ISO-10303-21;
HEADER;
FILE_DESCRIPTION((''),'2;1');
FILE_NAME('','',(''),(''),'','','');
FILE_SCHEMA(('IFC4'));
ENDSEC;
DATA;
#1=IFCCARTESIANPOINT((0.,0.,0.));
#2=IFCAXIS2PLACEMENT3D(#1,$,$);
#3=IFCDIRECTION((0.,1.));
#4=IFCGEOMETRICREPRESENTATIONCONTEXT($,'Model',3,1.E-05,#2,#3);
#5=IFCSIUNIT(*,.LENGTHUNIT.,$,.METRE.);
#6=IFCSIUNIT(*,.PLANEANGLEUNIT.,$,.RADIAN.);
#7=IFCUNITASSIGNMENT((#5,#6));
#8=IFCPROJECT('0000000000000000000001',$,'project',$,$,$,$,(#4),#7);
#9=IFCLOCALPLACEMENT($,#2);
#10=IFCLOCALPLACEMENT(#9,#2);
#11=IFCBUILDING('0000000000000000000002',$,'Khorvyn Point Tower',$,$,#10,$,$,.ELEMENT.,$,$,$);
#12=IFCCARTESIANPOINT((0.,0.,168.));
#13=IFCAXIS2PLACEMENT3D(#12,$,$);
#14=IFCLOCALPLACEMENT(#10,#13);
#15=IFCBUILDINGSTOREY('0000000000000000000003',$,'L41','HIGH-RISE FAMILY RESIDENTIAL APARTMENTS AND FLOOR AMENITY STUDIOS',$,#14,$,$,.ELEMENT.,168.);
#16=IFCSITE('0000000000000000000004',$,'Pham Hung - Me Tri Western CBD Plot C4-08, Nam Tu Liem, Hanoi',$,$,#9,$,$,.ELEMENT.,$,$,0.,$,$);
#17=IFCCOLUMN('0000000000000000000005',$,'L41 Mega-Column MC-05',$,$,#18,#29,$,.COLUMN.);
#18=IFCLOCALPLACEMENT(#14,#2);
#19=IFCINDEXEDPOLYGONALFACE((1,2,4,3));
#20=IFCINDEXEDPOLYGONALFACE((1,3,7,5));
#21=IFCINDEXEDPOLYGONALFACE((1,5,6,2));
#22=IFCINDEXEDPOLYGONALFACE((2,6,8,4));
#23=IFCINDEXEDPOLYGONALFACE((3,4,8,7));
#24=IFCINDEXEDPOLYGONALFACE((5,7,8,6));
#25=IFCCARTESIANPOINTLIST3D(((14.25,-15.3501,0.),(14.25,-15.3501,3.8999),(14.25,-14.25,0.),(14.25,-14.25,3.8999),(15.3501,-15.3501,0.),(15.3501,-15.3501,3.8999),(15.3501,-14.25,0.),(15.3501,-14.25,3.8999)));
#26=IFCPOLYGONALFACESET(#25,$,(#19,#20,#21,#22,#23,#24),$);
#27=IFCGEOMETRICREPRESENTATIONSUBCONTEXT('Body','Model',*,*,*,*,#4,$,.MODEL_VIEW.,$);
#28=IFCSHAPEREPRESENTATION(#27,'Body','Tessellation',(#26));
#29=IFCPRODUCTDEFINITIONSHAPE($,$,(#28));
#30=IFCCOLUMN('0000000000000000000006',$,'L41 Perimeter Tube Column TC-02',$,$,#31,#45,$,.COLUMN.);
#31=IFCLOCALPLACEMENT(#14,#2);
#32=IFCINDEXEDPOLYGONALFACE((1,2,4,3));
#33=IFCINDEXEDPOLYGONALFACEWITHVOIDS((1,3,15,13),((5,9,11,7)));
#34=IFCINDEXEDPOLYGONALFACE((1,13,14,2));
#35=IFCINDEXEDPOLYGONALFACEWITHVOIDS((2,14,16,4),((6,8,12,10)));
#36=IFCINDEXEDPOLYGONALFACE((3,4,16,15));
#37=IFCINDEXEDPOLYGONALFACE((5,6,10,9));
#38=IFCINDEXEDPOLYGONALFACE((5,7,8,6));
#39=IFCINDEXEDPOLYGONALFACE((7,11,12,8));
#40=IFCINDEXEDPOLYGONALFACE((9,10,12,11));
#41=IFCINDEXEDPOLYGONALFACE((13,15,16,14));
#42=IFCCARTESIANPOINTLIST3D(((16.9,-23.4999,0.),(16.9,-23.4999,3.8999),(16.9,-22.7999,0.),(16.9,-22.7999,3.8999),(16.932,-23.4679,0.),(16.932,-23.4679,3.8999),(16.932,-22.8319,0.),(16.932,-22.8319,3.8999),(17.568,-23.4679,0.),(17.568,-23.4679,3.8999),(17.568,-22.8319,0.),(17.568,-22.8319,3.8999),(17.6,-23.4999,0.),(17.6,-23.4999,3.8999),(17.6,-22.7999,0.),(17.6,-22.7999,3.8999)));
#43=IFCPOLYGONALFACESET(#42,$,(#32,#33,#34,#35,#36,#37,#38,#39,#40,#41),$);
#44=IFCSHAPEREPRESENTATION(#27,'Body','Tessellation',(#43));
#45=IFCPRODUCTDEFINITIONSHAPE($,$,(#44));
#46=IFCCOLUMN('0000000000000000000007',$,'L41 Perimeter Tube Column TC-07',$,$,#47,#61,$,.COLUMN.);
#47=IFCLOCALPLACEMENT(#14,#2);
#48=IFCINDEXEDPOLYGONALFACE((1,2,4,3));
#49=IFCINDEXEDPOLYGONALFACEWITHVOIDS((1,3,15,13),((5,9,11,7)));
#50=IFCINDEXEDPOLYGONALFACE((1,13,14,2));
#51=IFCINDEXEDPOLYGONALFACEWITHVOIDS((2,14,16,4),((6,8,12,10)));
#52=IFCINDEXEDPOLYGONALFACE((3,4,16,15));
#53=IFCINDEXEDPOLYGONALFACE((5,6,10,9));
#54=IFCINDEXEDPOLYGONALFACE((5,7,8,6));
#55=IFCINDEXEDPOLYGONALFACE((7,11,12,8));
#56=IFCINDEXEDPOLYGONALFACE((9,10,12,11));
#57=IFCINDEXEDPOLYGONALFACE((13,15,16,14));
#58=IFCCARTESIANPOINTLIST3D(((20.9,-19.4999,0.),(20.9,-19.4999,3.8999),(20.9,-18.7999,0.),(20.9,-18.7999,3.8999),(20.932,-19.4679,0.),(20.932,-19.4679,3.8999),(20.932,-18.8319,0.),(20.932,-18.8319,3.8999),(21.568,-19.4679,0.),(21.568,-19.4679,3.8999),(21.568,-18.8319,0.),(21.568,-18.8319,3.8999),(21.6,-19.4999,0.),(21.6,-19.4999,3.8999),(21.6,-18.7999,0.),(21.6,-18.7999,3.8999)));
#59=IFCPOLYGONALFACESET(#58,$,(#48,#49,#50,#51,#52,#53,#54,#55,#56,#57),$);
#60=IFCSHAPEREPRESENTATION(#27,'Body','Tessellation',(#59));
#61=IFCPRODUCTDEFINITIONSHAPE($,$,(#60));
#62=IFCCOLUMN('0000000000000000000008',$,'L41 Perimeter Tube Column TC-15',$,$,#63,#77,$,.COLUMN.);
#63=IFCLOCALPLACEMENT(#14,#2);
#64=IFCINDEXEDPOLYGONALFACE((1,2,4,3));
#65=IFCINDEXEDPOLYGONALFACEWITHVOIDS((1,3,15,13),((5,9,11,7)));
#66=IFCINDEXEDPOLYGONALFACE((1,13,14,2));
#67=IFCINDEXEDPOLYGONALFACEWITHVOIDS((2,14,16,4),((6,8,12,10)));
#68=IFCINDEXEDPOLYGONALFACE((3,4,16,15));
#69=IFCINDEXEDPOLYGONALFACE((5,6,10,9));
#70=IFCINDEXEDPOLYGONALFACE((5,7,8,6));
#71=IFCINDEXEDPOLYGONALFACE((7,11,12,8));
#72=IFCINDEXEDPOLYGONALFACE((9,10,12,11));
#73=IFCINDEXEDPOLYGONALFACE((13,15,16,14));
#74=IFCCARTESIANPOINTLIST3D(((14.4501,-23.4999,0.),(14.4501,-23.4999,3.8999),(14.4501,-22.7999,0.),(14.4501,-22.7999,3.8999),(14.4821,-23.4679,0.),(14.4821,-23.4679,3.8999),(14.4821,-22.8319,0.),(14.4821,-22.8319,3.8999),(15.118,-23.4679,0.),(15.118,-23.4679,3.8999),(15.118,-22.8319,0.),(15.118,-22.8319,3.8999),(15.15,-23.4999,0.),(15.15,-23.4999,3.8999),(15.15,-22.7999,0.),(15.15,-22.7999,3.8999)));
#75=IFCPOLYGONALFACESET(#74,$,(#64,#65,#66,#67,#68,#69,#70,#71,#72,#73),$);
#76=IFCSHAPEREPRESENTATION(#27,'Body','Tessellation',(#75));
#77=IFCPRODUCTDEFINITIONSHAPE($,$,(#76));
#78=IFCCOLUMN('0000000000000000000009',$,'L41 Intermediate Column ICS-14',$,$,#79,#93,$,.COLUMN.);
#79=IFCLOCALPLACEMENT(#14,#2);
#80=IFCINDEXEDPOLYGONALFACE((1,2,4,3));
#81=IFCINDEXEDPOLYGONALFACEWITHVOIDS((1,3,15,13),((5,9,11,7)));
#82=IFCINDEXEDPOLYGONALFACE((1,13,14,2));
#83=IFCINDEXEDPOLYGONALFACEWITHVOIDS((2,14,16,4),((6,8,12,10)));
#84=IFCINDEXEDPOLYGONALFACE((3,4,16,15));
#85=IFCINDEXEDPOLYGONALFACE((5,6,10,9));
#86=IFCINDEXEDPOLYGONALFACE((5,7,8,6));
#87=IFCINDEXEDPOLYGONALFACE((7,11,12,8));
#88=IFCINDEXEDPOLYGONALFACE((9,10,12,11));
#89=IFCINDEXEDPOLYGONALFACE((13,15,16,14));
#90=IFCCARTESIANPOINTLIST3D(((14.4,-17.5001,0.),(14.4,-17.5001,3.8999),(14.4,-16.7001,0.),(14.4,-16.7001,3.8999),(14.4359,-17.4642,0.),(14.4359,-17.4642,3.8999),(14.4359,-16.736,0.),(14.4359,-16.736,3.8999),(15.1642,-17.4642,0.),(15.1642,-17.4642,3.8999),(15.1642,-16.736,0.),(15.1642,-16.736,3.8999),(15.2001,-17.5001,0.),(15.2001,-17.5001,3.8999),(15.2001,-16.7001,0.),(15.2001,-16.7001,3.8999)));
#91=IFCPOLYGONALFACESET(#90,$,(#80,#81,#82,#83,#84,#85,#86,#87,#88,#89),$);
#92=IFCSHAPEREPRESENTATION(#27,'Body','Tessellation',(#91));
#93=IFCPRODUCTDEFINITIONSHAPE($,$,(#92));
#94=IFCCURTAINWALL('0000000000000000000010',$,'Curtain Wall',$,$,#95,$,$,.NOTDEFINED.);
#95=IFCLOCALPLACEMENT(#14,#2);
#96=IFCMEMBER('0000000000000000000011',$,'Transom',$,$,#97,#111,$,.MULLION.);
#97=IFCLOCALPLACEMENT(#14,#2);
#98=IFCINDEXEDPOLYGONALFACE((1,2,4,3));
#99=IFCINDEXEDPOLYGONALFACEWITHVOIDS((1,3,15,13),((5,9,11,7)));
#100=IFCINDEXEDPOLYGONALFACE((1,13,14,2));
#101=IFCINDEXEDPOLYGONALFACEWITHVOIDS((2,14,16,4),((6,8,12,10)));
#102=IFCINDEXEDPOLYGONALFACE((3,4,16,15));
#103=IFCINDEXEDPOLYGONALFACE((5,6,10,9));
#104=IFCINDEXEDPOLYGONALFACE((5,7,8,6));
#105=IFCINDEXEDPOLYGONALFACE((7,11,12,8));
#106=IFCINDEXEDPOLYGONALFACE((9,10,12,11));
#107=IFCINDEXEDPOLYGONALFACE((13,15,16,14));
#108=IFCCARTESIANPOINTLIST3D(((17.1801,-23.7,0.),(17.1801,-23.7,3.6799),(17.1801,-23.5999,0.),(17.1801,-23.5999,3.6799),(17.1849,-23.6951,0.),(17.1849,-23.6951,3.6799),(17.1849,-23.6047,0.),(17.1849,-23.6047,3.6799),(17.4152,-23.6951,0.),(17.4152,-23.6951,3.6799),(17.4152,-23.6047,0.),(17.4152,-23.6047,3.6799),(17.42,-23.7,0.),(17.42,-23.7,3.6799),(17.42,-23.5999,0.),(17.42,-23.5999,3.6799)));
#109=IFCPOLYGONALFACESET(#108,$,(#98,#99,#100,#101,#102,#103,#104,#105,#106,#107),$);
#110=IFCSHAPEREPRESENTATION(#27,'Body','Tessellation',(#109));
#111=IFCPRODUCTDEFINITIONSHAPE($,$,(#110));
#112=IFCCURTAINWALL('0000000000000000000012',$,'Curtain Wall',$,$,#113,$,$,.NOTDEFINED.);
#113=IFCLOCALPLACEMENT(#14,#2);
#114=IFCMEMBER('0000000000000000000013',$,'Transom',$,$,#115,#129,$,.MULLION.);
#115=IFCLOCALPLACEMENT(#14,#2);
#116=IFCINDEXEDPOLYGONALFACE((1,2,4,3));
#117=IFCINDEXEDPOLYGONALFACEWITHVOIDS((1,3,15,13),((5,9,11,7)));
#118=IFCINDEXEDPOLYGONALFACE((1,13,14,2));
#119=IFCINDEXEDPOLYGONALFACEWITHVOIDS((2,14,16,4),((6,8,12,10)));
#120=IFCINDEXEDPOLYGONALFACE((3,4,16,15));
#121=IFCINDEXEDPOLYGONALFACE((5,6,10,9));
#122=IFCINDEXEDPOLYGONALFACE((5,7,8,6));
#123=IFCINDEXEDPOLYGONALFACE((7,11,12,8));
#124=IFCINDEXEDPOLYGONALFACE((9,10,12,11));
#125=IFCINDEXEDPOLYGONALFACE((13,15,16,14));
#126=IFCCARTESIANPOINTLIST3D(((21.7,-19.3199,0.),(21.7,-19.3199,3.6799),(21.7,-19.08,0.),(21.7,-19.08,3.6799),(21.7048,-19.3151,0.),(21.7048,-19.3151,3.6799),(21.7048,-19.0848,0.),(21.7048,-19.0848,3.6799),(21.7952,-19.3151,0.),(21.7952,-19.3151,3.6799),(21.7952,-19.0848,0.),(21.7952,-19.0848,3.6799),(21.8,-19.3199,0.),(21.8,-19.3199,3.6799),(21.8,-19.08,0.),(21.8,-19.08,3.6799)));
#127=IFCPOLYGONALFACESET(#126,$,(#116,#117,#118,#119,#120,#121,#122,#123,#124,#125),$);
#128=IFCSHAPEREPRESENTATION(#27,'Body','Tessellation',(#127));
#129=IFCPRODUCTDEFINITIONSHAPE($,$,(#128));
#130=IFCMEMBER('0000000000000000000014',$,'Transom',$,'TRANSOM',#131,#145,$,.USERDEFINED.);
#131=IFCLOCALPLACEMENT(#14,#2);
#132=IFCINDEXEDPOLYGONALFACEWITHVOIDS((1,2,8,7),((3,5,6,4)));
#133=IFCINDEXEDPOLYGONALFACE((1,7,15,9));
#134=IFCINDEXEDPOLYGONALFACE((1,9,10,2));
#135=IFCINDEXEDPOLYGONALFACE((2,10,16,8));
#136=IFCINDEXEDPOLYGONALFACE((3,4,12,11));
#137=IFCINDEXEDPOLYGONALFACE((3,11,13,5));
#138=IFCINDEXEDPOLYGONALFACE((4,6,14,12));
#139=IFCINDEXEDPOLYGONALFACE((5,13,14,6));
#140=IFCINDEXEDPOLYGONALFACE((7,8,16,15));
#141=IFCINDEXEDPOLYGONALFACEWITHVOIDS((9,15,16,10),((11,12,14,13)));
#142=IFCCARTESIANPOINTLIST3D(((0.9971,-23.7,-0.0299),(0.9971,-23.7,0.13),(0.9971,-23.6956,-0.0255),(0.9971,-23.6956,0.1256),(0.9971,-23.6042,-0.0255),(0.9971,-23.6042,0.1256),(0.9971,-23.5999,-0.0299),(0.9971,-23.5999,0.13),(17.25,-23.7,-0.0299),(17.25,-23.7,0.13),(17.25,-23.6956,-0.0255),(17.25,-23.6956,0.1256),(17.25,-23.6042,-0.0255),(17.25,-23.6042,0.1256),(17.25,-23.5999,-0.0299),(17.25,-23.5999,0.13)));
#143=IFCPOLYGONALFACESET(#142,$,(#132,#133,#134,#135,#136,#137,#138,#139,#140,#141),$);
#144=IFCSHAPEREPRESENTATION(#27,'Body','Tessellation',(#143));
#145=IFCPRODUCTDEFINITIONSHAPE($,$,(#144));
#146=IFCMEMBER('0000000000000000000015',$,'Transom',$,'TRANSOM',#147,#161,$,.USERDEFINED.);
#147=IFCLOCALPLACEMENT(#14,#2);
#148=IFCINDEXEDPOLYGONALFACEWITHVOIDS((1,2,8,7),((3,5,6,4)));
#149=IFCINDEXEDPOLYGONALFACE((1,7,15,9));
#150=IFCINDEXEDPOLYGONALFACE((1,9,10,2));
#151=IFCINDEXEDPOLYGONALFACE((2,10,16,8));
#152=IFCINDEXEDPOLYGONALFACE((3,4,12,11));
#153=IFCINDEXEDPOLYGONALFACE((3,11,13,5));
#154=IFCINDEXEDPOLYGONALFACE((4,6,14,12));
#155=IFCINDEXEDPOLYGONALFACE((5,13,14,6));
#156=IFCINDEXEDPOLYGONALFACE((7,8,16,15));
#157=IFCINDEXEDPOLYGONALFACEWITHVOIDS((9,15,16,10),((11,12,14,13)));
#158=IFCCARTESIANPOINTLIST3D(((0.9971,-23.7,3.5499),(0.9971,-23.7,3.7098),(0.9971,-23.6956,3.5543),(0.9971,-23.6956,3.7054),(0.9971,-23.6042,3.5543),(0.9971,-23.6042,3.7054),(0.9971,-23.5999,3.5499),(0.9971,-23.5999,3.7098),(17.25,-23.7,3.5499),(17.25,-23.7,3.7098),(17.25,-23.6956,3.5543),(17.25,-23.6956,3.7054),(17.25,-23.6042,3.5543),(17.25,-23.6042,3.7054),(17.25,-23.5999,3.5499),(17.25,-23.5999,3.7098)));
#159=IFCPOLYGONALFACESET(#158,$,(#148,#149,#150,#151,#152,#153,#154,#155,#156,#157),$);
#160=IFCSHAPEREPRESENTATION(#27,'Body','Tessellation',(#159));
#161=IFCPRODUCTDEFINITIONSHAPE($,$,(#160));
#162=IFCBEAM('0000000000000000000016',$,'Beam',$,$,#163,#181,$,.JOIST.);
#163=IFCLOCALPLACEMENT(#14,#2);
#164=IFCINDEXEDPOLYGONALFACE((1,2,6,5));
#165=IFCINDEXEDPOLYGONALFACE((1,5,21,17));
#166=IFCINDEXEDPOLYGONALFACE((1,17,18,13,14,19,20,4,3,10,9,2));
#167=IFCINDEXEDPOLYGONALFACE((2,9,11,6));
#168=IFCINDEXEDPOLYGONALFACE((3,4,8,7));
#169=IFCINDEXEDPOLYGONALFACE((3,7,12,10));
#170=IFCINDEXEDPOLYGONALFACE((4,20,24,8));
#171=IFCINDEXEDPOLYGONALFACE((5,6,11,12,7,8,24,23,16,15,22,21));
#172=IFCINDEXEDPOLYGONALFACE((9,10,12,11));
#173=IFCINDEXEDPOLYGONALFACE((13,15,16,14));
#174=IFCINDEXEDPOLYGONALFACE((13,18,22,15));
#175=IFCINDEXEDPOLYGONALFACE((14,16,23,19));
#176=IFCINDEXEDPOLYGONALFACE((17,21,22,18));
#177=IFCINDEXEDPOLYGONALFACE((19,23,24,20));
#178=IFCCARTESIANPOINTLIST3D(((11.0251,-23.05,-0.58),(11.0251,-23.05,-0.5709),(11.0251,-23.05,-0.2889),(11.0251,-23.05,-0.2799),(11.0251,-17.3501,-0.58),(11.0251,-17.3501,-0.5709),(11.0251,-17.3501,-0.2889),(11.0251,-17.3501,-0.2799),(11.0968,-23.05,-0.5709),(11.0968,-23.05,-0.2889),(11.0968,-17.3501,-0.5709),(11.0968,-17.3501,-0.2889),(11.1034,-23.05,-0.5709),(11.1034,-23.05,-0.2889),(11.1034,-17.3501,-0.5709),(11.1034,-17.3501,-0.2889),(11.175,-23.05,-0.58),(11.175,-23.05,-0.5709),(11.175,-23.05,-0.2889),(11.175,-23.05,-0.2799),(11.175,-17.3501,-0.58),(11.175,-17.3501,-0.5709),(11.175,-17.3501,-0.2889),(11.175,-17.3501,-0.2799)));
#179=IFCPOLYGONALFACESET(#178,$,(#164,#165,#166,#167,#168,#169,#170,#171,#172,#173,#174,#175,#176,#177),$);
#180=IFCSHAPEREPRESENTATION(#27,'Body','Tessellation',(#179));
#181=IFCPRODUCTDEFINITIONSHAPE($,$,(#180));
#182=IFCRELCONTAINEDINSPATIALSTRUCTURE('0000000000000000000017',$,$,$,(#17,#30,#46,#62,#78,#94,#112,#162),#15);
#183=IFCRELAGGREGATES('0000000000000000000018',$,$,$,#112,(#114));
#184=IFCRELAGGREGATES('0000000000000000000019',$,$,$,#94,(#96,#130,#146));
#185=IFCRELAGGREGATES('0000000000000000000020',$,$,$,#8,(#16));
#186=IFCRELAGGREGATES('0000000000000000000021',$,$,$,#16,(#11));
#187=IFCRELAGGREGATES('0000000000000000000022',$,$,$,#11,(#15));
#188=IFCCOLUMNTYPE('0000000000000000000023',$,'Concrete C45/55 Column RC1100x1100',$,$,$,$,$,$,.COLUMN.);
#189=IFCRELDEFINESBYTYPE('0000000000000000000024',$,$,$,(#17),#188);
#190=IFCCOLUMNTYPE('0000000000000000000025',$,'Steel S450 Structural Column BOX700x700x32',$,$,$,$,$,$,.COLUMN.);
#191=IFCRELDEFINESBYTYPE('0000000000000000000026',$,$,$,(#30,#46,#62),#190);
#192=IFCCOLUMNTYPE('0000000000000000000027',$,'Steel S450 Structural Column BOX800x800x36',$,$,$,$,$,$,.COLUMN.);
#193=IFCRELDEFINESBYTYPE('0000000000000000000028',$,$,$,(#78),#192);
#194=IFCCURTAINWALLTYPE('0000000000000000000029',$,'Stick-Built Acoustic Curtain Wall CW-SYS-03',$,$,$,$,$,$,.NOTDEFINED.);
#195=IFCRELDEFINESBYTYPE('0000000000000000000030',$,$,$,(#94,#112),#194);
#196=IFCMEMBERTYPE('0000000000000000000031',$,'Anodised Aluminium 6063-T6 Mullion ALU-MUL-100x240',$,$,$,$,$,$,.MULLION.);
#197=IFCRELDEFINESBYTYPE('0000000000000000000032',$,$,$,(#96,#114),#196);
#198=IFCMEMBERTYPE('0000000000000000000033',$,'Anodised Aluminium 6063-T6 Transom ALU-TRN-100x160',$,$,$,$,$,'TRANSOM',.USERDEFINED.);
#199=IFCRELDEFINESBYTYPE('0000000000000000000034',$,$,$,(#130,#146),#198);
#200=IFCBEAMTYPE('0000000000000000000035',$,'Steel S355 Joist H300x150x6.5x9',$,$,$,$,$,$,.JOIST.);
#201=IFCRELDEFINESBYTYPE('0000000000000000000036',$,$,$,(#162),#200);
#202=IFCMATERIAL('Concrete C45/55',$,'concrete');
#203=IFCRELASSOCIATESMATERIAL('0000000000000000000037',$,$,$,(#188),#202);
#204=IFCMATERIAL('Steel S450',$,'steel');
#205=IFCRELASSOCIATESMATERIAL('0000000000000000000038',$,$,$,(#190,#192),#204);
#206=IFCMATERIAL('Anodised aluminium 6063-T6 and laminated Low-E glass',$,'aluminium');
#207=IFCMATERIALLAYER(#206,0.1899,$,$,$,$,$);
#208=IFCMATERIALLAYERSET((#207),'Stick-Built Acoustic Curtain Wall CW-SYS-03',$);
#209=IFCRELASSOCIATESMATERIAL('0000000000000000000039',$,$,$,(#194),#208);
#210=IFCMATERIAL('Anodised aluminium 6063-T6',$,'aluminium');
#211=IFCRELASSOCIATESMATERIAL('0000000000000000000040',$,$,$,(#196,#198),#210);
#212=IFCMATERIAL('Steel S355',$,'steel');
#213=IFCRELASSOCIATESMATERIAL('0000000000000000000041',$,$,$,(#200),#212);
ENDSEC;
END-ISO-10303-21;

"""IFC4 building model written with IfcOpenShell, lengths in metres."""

from ifc_helpers import new_model, si_unit, direction, frame, origin, origin_2d, place, context, subcontext, project, spatial, rectangle, hollow_rectangle, i_section, extrude, material, layer, layer_set, material_profile, profile_set, type_object, element, aggregate, save


model = new_model("IFC4")

# Units and contexts
model_context = context("Model", 3, precision=1e-05, world=origin(), true_north=direction((0.0, 1.0)))
body_context = subcontext(model_context, "Body", "Model", "MODEL_VIEW")
ifc_project = project(units=[si_unit("LENGTHUNIT", "METRE"), si_unit("PLANEANGLEUNIT", "RADIAN")], contexts=[model_context])

# Site, building, storey
site_placement = place(None, origin())
site = spatial("IfcSite", under=ifc_project, at=site_placement, Name="Pham Hung - Me Tri Western CBD Plot C4-08, Nam Tu Liem, Hanoi", CompositionType="ELEMENT", RefElevation=0.0)
building_placement = place(site_placement, origin())
building = spatial("IfcBuilding", under=site, at=building_placement, Name="Khorvyn Point Tower", CompositionType="ELEMENT")
storey_placement = place(building_placement, frame((0.0, 0.0, 168.0)))
storey = spatial("IfcBuildingStorey", under=building, at=storey_placement, Name="L41", Description="HIGH-RISE FAMILY RESIDENTIAL APARTMENTS AND FLOOR AMENITY STUDIOS", CompositionType="ELEMENT", Elevation=168.0)

# Columns
ifc_material_1 = material(Name="Concrete C45/55", Category="concrete")
ifc_material_profile_1 = material_profile(ifc_material_1, rectangle(XDim=1.1001, YDim=1.1001, at=origin_2d()))
ifc_profile_set_1 = profile_set([ifc_material_profile_1], Name="Concrete C45/55 RC1100x1100")
column_type_1 = type_object("IfcColumnType", Name="Concrete C45/55 Column RC1100x1100", PredefinedType="COLUMN", material=ifc_profile_set_1)
column_1_placement = place(storey_placement, frame((14.8, -14.8, 0.0), z_axis=(0.0, 0.0, 1.0), x_axis=(1.0, 0.0, 0.0)))
element("IfcColumn", 1, at=column_1_placement, inside=storey, type_object=column_type_1, Name="L41 Mega-Column MC-05", PredefinedType="COLUMN", context=body_context, shape_type="SweptSolid", body=[
    extrude(rectangle(XDim=1.1001, YDim=1.1001, at=origin_2d()), origin(), (0.0, 0.0, 1.0), 3.8999),
])
ifc_material_2 = material(Name="Steel S450", Category="steel")
ifc_material_profile_2 = material_profile(ifc_material_2, hollow_rectangle(XDim=0.7, YDim=0.7, WallThickness=0.032, at=origin_2d()))
ifc_profile_set_2 = profile_set([ifc_material_profile_2], Name="Steel S450 BOX700x700x32")
column_type_2 = type_object("IfcColumnType", Name="Steel S450 Structural Column BOX700x700x32", PredefinedType="COLUMN", material=ifc_profile_set_2)
for number, where, z_axis, x_axis, name in (
    (2, (17.25, -23.1499, 0.0), (0.0, 0.0, 1.0), (1.0, 0.0, 0.0), "L41 Perimeter Tube Column TC-02"),
    (3, (21.25, -19.1499, 0.0), (0.0, 0.0, 1.0), (1.0, 0.0, 0.0), "L41 Perimeter Tube Column TC-07"),
    (4, (14.8, -23.1499, 0.0), (0.0, 0.0, 1.0), (1.0, 0.0, 0.0), "L41 Perimeter Tube Column TC-15"),
):
    element("IfcColumn", number, at=place(storey_placement, frame(where, z_axis=z_axis, x_axis=x_axis)), inside=storey, type_object=column_type_2, Name=name, PredefinedType="COLUMN", context=body_context, shape_type="SweptSolid", body=[
        extrude(hollow_rectangle(XDim=0.7, YDim=0.7, WallThickness=0.032, at=origin_2d()), origin(), (0.0, 0.0, 1.0), 3.8999),
    ])
ifc_material_profile_3 = material_profile(ifc_material_2, hollow_rectangle(XDim=0.8, YDim=0.8, WallThickness=0.0359, at=origin_2d()))
ifc_profile_set_3 = profile_set([ifc_material_profile_3], Name="Steel S450 BOX800x800x36")
column_type_3 = type_object("IfcColumnType", Name="Steel S450 Structural Column BOX800x800x36", PredefinedType="COLUMN", material=ifc_profile_set_3)
column_2_placement = place(storey_placement, frame((14.8, -17.1001, 0.0), z_axis=(0.0, 0.0, 1.0), x_axis=(1.0, 0.0, 0.0)))
element("IfcColumn", 5, at=column_2_placement, inside=storey, type_object=column_type_3, Name="L41 Intermediate Column ICS-14", PredefinedType="COLUMN", context=body_context, shape_type="SweptSolid", body=[
    extrude(hollow_rectangle(XDim=0.8, YDim=0.8, WallThickness=0.0359, at=origin_2d()), origin(), (0.0, 0.0, 1.0), 3.8999),
])

# Curtain walls, members
ifc_material_3 = material(Name="Anodised aluminium 6063-T6 and laminated Low-E glass", Category="aluminium")
ifc_layer_1 = layer(ifc_material_3, 0.1899)
ifc_layer_set_1 = layer_set([ifc_layer_1], Name="Stick-Built Acoustic Curtain Wall CW-SYS-03")
curtain_wall_type = type_object("IfcCurtainWallType", Name="Stick-Built Acoustic Curtain Wall CW-SYS-03", PredefinedType="NOTDEFINED", material=ifc_layer_set_1)
curtain_wall_1_placement = place(storey_placement, origin())
curtain_wall_1 = element("IfcCurtainWall", 6, at=curtain_wall_1_placement, inside=storey, type_object=curtain_wall_type, Name="Curtain Wall", PredefinedType="NOTDEFINED")
ifc_material_4 = material(Name="Anodised aluminium 6063-T6", Category="aluminium")
ifc_material_profile_4 = material_profile(ifc_material_4, hollow_rectangle(XDim=0.1001, YDim=0.24, WallThickness=0.0049, at=origin_2d()))
ifc_profile_set_4 = profile_set([ifc_material_profile_4], Name="Anodised aluminium 6063-T6 ALU-MUL-100x240")
member_type_1 = type_object("IfcMemberType", Name="Anodised Aluminium 6063-T6 Mullion ALU-MUL-100x240", PredefinedType="MULLION", material=ifc_profile_set_4)
member_1_placement = place(storey_placement, frame((17.3, -23.6499, 0.0), z_axis=(0.0, 0.0, 1.0), x_axis=(0.0, -1.0, 0.0)))
member_1 = element("IfcMember", 7, at=member_1_placement, type_object=member_type_1, Name="Transom", PredefinedType="MULLION", context=body_context, shape_type="SweptSolid", body=[
    extrude(hollow_rectangle(XDim=0.1001, YDim=0.24, WallThickness=0.0049, at=origin_2d()), origin(), (0.0, 0.0, 1.0), 3.6799),
])
curtain_wall_2_placement = place(storey_placement, origin())
curtain_wall_2 = element("IfcCurtainWall", 8, at=curtain_wall_2_placement, inside=storey, type_object=curtain_wall_type, Name="Curtain Wall", PredefinedType="NOTDEFINED")
member_2_placement = place(storey_placement, frame((21.75, -19.2, 0.0), z_axis=(0.0, 0.0, 1.0), x_axis=(1.0, 0.0, 0.0)))
member_2 = element("IfcMember", 9, at=member_2_placement, type_object=member_type_1, Name="Transom", PredefinedType="MULLION", context=body_context, shape_type="SweptSolid", body=[
    extrude(hollow_rectangle(XDim=0.1001, YDim=0.24, WallThickness=0.0049, at=origin_2d()), origin(), (0.0, 0.0, 1.0), 3.6799),
])
aggregate(curtain_wall_2, [member_2])

# Members
ifc_material_profile_5 = material_profile(ifc_material_4, hollow_rectangle(XDim=0.1001, YDim=0.1599, WallThickness=0.0044, at=origin_2d()))
ifc_profile_set_5 = profile_set([ifc_material_profile_5], Name="Anodised aluminium 6063-T6 ALU-TRN-100x160")
member_type_2 = type_object("IfcMemberType", Name="Anodised Aluminium 6063-T6 Transom ALU-TRN-100x160", ElementType="TRANSOM", PredefinedType="USERDEFINED", material=ifc_profile_set_5)
member_3_placement = place(storey_placement, frame((17.25, -23.6499, 0.05), z_axis=(-1.0, 0.0, 0.0), x_axis=(0.0, -1.0, 0.0)))
member_3 = element("IfcMember", 10, at=member_3_placement, type_object=member_type_2, Name="Transom", ObjectType="TRANSOM", PredefinedType="USERDEFINED", context=body_context, shape_type="SweptSolid", body=[
    extrude(hollow_rectangle(XDim=0.1001, YDim=0.1599, WallThickness=0.0044, at=origin_2d()), origin(), (0.0, 0.0, 1.0), 16.2529),
])
member_4_placement = place(storey_placement, frame((17.25, -23.6499, 3.6299), z_axis=(-1.0, 0.0, 0.0), x_axis=(0.0, -1.0, 0.0)))
member_4 = element("IfcMember", 11, at=member_4_placement, type_object=member_type_2, Name="Transom", ObjectType="TRANSOM", PredefinedType="USERDEFINED", context=body_context, shape_type="SweptSolid", body=[
    extrude(hollow_rectangle(XDim=0.1001, YDim=0.1599, WallThickness=0.0044, at=origin_2d()), origin(), (0.0, 0.0, 1.0), 16.2529),
])

# Beam
ifc_material_5 = material(Name="Steel S355", Category="steel")
ifc_material_profile_6 = material_profile(ifc_material_5, i_section(OverallWidth=0.1499, OverallDepth=0.3, WebThickness=0.0066, FlangeThickness=0.009, at=origin_2d()))
ifc_profile_set_6 = profile_set([ifc_material_profile_6], Name="Steel S355 H300x150x6.5x9")
beam_type_1 = type_object("IfcBeamType", Name="Steel S355 Joist H300x150x6.5x9", PredefinedType="JOIST", material=ifc_profile_set_6)
beam_1_placement = place(storey_placement, frame((11.1001, -23.05, -0.4299), z_axis=(0.0, 1.0, 0.0), x_axis=(-1.0, 0.0, 0.0)))
element("IfcBeam", 12, at=beam_1_placement, inside=storey, type_object=beam_type_1, Name="Beam", PredefinedType="JOIST", context=body_context, shape_type="SweptSolid", body=[
    extrude(i_section(OverallWidth=0.1499, OverallDepth=0.3, WebThickness=0.0066, FlangeThickness=0.009, at=origin_2d()), origin(), (0.0, 0.0, 1.0), 5.7),
])

aggregate(curtain_wall_1, [member_1, member_3, member_4])

save(model, "model.ifc")
